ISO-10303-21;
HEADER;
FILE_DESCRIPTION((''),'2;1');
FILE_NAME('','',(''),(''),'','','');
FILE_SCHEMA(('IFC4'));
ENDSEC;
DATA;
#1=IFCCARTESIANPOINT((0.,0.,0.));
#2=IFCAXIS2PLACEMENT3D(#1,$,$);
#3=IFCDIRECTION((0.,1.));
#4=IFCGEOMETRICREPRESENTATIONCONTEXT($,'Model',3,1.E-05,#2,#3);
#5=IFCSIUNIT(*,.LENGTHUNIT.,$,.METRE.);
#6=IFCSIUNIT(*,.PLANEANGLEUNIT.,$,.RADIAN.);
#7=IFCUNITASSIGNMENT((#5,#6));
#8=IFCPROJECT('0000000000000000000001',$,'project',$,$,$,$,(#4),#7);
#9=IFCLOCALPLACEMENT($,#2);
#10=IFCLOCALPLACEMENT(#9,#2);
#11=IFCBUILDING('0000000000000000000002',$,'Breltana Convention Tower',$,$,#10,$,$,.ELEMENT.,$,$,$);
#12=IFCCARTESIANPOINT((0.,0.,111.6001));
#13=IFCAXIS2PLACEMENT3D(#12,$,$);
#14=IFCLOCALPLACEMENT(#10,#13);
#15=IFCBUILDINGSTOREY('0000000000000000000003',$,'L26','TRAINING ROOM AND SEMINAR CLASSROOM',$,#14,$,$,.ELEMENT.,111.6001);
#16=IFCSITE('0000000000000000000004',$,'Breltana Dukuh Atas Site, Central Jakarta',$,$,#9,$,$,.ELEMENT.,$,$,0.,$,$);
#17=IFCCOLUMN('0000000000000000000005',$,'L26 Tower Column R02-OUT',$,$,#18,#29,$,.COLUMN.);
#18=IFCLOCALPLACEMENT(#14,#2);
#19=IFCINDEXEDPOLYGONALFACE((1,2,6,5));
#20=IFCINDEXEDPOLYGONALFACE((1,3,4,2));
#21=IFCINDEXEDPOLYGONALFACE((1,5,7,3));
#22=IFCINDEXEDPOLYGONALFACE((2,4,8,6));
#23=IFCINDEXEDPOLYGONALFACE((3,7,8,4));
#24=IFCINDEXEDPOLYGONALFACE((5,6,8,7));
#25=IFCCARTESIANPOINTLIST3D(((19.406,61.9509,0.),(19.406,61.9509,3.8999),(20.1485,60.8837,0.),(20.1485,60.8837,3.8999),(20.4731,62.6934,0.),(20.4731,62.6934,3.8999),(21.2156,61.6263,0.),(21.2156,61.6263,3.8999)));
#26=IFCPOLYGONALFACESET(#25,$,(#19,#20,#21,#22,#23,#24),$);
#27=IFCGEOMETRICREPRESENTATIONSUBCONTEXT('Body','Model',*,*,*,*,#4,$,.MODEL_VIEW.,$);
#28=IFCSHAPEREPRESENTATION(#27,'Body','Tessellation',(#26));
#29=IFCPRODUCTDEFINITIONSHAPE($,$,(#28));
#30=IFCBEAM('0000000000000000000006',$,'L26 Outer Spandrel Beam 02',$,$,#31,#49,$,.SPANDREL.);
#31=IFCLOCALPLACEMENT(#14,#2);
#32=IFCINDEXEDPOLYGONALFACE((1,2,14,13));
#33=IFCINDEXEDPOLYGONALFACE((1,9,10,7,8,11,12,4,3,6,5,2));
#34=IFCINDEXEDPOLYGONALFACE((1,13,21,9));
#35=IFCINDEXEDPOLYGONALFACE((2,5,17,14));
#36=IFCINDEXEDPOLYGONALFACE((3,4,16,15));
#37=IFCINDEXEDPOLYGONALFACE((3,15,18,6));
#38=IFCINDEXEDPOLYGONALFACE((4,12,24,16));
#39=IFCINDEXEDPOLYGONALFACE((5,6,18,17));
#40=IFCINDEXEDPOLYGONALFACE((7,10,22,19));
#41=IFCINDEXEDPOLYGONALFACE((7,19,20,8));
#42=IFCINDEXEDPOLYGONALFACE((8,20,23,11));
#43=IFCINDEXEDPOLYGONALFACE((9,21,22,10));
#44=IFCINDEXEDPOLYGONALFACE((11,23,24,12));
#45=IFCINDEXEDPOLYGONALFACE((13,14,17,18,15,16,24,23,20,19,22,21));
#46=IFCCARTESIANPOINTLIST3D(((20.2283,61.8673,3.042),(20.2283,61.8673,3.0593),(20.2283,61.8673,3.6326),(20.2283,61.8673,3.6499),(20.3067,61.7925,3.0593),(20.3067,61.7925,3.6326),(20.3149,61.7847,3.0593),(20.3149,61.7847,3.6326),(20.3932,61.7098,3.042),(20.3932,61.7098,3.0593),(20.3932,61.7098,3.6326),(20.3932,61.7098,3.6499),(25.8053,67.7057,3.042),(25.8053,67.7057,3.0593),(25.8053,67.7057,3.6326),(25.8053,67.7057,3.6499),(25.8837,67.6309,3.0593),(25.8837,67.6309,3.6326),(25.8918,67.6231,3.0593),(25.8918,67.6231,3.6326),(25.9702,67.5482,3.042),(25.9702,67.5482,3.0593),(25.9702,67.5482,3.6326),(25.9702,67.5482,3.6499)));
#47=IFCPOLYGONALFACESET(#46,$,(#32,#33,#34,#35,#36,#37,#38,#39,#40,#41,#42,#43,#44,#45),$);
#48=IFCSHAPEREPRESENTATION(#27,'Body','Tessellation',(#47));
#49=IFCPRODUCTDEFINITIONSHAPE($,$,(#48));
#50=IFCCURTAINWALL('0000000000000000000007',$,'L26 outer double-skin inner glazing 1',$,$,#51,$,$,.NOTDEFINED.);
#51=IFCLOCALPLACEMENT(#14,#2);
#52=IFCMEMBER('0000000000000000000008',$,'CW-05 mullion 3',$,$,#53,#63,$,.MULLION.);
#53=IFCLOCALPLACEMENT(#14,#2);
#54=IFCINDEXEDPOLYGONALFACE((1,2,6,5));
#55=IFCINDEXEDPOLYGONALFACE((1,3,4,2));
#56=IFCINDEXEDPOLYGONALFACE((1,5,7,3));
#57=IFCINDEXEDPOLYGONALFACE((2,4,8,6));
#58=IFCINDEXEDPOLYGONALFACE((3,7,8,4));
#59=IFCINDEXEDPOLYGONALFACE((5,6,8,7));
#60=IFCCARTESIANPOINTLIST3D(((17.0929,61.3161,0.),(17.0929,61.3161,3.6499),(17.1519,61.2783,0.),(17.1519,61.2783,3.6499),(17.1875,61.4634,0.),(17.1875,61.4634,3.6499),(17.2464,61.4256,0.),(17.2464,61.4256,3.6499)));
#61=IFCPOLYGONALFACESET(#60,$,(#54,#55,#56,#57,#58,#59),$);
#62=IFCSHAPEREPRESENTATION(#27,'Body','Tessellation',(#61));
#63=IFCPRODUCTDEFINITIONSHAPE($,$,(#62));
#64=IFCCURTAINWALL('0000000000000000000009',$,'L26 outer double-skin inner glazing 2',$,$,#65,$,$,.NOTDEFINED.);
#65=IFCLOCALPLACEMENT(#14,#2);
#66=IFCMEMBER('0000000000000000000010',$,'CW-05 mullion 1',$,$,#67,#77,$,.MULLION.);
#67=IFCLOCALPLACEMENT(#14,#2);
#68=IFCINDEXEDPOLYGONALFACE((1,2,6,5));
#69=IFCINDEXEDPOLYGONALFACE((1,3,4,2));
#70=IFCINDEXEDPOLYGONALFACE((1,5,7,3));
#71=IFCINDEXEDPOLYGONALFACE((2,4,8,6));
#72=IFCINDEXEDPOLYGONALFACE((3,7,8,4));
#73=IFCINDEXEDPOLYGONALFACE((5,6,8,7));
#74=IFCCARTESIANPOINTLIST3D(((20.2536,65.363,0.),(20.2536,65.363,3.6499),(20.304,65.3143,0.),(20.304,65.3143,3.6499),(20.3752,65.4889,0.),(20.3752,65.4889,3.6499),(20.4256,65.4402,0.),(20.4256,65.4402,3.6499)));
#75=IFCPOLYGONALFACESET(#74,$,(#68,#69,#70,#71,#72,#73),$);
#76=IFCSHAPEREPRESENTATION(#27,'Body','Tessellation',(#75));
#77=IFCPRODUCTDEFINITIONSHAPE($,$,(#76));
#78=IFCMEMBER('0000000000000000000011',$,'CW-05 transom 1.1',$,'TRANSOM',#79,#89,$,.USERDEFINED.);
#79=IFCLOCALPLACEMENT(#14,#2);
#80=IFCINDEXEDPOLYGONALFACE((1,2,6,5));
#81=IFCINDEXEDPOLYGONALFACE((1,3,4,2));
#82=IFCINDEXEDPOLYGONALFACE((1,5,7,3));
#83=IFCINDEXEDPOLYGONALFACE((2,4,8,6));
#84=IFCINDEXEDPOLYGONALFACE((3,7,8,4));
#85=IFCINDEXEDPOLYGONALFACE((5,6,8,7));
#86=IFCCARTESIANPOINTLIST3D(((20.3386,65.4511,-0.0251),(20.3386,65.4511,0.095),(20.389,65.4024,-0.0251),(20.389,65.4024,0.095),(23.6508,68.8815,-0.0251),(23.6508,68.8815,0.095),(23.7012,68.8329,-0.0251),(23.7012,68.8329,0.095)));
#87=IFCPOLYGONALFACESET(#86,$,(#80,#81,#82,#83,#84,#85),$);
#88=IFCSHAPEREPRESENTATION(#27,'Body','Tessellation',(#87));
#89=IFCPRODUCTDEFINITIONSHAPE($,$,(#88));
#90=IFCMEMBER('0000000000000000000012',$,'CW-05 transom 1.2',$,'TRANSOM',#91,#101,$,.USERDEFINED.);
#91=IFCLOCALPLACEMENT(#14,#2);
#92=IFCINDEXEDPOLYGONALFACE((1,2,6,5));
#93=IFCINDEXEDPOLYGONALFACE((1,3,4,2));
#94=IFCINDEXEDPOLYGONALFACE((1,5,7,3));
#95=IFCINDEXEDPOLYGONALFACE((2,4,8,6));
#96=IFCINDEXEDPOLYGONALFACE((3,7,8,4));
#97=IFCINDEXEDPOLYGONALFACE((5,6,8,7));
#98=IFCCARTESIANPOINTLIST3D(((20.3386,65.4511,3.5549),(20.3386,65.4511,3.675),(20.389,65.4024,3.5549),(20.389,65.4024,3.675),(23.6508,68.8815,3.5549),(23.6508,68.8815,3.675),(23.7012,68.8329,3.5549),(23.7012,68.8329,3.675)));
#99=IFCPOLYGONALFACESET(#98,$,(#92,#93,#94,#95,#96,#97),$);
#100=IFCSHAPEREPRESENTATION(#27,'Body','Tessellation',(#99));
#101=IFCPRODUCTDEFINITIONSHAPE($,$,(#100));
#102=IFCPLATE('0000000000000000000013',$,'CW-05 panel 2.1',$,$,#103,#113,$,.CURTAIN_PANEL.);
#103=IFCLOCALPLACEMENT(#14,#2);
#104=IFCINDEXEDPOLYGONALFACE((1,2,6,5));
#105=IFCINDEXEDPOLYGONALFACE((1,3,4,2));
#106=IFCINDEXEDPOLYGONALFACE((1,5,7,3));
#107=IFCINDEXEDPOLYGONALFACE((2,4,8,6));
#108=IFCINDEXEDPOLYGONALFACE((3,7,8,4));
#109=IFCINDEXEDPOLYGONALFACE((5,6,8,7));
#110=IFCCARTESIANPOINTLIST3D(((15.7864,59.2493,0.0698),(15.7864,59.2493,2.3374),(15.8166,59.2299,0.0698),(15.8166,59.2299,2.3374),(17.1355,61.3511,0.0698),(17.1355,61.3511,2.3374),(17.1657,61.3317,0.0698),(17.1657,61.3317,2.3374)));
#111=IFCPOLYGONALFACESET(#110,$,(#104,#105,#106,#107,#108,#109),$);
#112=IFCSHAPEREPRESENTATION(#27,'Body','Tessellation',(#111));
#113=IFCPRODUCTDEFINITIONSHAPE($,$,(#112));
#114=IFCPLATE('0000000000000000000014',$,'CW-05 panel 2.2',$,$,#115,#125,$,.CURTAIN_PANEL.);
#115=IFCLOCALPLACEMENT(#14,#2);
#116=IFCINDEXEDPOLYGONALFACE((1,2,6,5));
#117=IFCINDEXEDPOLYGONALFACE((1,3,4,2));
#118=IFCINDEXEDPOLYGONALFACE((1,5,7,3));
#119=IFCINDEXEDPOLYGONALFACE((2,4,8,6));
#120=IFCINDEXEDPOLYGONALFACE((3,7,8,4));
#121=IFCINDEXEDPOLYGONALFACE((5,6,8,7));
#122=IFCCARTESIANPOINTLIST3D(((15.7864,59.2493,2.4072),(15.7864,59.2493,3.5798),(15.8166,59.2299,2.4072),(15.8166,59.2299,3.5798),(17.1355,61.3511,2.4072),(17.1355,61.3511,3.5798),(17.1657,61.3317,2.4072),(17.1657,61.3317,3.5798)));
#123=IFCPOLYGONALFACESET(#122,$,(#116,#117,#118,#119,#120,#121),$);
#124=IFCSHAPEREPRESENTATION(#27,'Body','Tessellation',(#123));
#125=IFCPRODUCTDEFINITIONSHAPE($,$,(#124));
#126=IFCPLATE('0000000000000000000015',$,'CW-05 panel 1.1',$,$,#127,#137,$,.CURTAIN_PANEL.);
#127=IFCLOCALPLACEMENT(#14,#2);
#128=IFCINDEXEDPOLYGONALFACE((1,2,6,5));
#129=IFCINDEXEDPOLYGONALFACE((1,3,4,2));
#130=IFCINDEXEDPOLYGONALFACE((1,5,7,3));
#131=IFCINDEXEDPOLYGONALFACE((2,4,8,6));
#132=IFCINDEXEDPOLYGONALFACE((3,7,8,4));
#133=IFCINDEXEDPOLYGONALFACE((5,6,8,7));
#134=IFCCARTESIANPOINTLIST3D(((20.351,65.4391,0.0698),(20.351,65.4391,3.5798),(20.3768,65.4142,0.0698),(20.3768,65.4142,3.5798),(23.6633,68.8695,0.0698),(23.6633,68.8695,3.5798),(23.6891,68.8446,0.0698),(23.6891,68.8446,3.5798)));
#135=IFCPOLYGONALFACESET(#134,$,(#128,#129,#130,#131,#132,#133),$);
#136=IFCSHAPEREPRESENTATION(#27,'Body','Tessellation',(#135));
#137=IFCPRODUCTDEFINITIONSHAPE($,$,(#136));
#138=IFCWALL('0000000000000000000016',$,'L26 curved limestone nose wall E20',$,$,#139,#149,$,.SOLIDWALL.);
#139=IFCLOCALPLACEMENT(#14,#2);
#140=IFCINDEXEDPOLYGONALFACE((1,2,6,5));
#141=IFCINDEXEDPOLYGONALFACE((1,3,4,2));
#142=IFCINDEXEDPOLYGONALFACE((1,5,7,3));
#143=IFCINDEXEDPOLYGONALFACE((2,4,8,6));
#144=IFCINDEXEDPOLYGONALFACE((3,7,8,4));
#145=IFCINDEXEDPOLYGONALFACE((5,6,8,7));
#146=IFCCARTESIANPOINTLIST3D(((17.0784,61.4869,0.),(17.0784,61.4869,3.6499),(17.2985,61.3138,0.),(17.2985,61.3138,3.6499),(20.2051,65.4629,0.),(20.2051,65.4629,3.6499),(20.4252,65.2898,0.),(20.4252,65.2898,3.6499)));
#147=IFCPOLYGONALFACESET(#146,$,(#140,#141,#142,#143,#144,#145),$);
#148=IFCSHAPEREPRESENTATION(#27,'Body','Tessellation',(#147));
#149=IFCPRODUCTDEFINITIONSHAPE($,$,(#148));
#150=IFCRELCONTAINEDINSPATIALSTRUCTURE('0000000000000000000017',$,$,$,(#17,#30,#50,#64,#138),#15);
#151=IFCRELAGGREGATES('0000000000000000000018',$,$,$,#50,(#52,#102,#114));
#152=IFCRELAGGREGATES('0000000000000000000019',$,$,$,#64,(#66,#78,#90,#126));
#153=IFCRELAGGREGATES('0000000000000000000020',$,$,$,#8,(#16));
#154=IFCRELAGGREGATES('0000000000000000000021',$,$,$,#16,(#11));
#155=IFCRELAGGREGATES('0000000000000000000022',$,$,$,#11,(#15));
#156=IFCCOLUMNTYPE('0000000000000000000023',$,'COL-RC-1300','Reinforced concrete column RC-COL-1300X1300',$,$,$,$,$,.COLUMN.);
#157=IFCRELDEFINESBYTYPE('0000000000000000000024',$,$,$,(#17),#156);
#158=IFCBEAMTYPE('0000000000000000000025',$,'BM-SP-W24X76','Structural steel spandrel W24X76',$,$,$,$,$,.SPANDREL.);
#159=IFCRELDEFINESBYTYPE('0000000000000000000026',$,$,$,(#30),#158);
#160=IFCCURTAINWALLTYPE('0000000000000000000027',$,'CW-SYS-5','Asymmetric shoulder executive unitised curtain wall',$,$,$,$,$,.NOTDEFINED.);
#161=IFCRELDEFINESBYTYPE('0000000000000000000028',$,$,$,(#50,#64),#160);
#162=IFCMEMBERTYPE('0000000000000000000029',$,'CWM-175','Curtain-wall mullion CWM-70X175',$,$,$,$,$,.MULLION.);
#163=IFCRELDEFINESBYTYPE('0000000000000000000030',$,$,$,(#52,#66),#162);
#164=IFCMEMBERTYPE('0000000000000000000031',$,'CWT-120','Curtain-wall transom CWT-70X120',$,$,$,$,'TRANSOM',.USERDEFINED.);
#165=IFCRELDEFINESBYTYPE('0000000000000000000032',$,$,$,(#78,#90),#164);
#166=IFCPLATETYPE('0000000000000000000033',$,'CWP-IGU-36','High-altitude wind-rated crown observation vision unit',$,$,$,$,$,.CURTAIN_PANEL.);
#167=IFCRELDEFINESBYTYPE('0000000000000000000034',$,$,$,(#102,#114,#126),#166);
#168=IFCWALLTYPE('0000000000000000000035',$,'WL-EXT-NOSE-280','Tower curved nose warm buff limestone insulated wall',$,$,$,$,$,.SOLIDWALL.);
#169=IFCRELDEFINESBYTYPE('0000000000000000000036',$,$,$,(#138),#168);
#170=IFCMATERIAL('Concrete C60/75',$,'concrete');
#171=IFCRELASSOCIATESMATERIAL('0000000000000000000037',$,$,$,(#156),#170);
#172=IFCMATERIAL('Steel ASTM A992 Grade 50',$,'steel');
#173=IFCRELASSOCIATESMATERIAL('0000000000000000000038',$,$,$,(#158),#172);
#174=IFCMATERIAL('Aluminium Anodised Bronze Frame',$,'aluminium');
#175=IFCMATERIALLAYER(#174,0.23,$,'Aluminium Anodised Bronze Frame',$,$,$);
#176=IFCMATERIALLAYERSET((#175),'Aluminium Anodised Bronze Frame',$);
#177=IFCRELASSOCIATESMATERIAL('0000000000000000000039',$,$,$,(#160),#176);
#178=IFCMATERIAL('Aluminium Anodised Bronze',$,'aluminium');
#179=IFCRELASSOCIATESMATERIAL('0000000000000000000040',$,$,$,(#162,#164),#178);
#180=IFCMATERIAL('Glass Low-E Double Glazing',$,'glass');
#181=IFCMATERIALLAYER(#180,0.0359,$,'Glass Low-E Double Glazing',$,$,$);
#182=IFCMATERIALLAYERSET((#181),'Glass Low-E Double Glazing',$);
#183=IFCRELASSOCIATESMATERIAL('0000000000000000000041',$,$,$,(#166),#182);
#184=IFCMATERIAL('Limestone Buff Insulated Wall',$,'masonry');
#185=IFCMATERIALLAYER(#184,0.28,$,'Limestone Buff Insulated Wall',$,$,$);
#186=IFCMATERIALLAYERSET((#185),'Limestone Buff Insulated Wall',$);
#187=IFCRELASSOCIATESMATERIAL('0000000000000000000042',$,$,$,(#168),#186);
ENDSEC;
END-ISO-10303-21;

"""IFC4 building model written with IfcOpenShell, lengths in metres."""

from ifc_helpers import new_model, si_unit, direction, frame, frame_2d, origin, origin_2d, place, context, subcontext, project, spatial, rectangle, i_section, extrude, source, transform, mapped, material, layer, layer_set, material_profile, profile_set, type_object, element, aggregate, save


model = new_model("IFC4")

# Units and contexts
model_context = context("Model", 3, precision=1e-05, world=origin(), true_north=direction((0.0, 1.0)))
body_context = subcontext(model_context, "Body", "Model", "MODEL_VIEW")
ifc_project = project(units=[si_unit("LENGTHUNIT", "METRE"), si_unit("PLANEANGLEUNIT", "RADIAN")], contexts=[model_context])

# Site, building, storey
site_placement = place(None, origin())
site = spatial("IfcSite", under=ifc_project, at=site_placement, Name="Breltana Dukuh Atas Site, Central Jakarta", CompositionType="ELEMENT", RefElevation=0.0)
building_placement = place(site_placement, origin())
building = spatial("IfcBuilding", under=site, at=building_placement, Name="Breltana Convention Tower", CompositionType="ELEMENT")
storey_placement = place(building_placement, frame((0.0, 0.0, 111.6001)))
storey = spatial("IfcBuildingStorey", under=building, at=storey_placement, Name="L26", Description="TRAINING ROOM AND SEMINAR CLASSROOM", CompositionType="ELEMENT", Elevation=111.6001)

# Column
ifc_material_1 = material(Name="Concrete C60/75", Category="concrete")
ifc_material_profile_1 = material_profile(ifc_material_1, rectangle(XDim=1.3, YDim=1.3, at=origin_2d()), Name="RC-COL-1300X1300")
ifc_profile_set_1 = profile_set([ifc_material_profile_1], Name="Concrete C60/75")
column_type = type_object("IfcColumnType", Name="COL-RC-1300", Description="Reinforced concrete column RC-COL-1300X1300", PredefinedType="COLUMN", material=ifc_profile_set_1)
shared_shape_1 = source(origin(), body_context, "Body", "SweptSolid", [
    extrude(rectangle(XDim=1.3, YDim=1.3, at=origin_2d()), origin(), (0.0, 0.0, 1.0), 3.8999),
])
column_placement = place(storey_placement, frame((20.3108, 61.7886, 0.0), z_axis=(0.0, 0.0, 1.0), x_axis=(-0.571143, 0.82085, 0.0)))
element("IfcColumn", 1, at=column_placement, inside=storey, type_object=column_type, Name="L26 Tower Column R02-OUT", PredefinedType="COLUMN", context=body_context, shape_type="MappedRepresentation", body=[
    mapped(shared_shape_1, transform((0.0, 0.0, 0.0), scale=1.0)),
])

# Beam
ifc_material_2 = material(Name="Steel ASTM A992 Grade 50", Category="steel")
ifc_material_profile_2 = material_profile(ifc_material_2, i_section(OverallWidth=0.228, OverallDepth=0.6079, WebThickness=0.0112, FlangeThickness=0.0173, at=origin_2d()), Name="W24X76")
ifc_profile_set_2 = profile_set([ifc_material_profile_2], Name="Steel ASTM A992 Grade 50")
beam_type = type_object("IfcBeamType", Name="BM-SP-W24X76", Description="Structural steel spandrel W24X76", PredefinedType="SPANDREL", material=ifc_profile_set_2)
shared_shape_2 = source(origin(), body_context, "Body", "SweptSolid", [
    extrude(i_section(OverallWidth=0.228, OverallDepth=0.6079, WebThickness=0.0112, FlangeThickness=0.0173, at=origin_2d()), origin(), (0.0, 0.0, 1.0), 8.074),
])
beam_placement = place(storey_placement, frame((20.3108, 61.7886, 3.3459), z_axis=(0.690729, 0.723114, 0.0), x_axis=(-0.723114, 0.690729, 0.0)))
element("IfcBeam", 2, at=beam_placement, inside=storey, type_object=beam_type, Name="L26 Outer Spandrel Beam 02", PredefinedType="SPANDREL", context=body_context, shape_type="MappedRepresentation", body=[
    mapped(shared_shape_2, transform((0.0, 0.0, 0.0), scale=1.0)),
])

# Curtain wall, member
ifc_material_3 = material(Name="Aluminium Anodised Bronze Frame", Category="aluminium")
ifc_layer_1 = layer(ifc_material_3, 0.23, Name="Aluminium Anodised Bronze Frame")
ifc_layer_set_1 = layer_set([ifc_layer_1], Name="Aluminium Anodised Bronze Frame")
curtain_wall_type = type_object("IfcCurtainWallType", Name="CW-SYS-5", Description="Asymmetric shoulder executive unitised curtain wall", PredefinedType="NOTDEFINED", material=ifc_layer_set_1)
curtain_wall_1_placement = place(storey_placement, origin())
curtain_wall_1 = element("IfcCurtainWall", 3, at=curtain_wall_1_placement, inside=storey, type_object=curtain_wall_type, Name="L26 outer double-skin inner glazing 1", PredefinedType="NOTDEFINED")
ifc_material_4 = material(Name="Aluminium Anodised Bronze", Category="aluminium")
ifc_material_profile_3 = material_profile(ifc_material_4, rectangle(XDim=0.0701, YDim=0.175, at=origin_2d()), Name="CWM-70X175")
ifc_profile_set_3 = profile_set([ifc_material_profile_3], Name="Aluminium Anodised Bronze")
member_type_1 = type_object("IfcMemberType", Name="CWM-175", Description="Curtain-wall mullion CWM-70X175", PredefinedType="MULLION", material=ifc_profile_set_3)
shared_shape_3 = source(origin(), body_context, "Body", "SweptSolid", [
    extrude(rectangle(XDim=0.0701, YDim=0.175, at=origin_2d()), origin(), (0.0, 0.0, 1.0), 3.6499),
])
member_1_placement = place(storey_placement, frame((17.1697, 61.3708, 0.0), z_axis=(0.0, 0.0, 1.0), x_axis=(-0.841552, 0.540177, 0.0)))
member_1 = element("IfcMember", 4, at=member_1_placement, type_object=member_type_1, Name="CW-05 mullion 3", PredefinedType="MULLION", context=body_context, shape_type="MappedRepresentation", body=[
    mapped(shared_shape_3, transform((0.0, 0.0, 0.0), scale=1.0)),
])

# Curtain wall, members
curtain_wall_2_placement = place(storey_placement, origin())
curtain_wall_2 = element("IfcCurtainWall", 5, at=curtain_wall_2_placement, inside=storey, type_object=curtain_wall_type, Name="L26 outer double-skin inner glazing 2", PredefinedType="NOTDEFINED")
member_2_placement = place(storey_placement, frame((20.3396, 65.4016, 0.0), z_axis=(0.0, 0.0, 1.0), x_axis=(-0.719385, 0.694612, 0.0)))
member_2 = element("IfcMember", 6, at=member_2_placement, type_object=member_type_1, Name="CW-05 mullion 1", PredefinedType="MULLION", context=body_context, shape_type="MappedRepresentation", body=[
    mapped(shared_shape_3, transform((0.0, 0.0, 0.0), scale=1.0)),
])
ifc_material_profile_4 = material_profile(ifc_material_4, rectangle(XDim=0.0701, YDim=0.1201, at=origin_2d()), Name="CWT-70X120")
ifc_profile_set_4 = profile_set([ifc_material_profile_4], Name="Aluminium Anodised Bronze")
member_type_2 = type_object("IfcMemberType", Name="CWT-120", Description="Curtain-wall transom CWT-70X120", ElementType="TRANSOM", PredefinedType="USERDEFINED", material=ifc_profile_set_4)
shared_shape_4 = source(origin(), body_context, "Body", "SweptSolid", [
    extrude(rectangle(XDim=0.0701, YDim=0.1201, at=origin_2d()), origin(), (0.0, 0.0, 1.0), 4.7686),
])
member_3_placement = place(storey_placement, frame((20.3638, 65.4268, 0.0349), z_axis=(0.694608, 0.719388, 0.0), x_axis=(-0.719388, 0.694608, 0.0)))
member_3 = element("IfcMember", 7, at=member_3_placement, type_object=member_type_2, Name="CW-05 transom 1.1", ObjectType="TRANSOM", PredefinedType="USERDEFINED", context=body_context, shape_type="MappedRepresentation", body=[
    mapped(shared_shape_4, transform((0.0, 0.0, 0.0), scale=1.0)),
])
member_4_placement = place(storey_placement, frame((20.3638, 65.4268, 3.615), z_axis=(0.694608, 0.719388, 0.0), x_axis=(-0.719388, 0.694608, 0.0)))
member_4 = element("IfcMember", 8, at=member_4_placement, type_object=member_type_2, Name="CW-05 transom 1.2", ObjectType="TRANSOM", PredefinedType="USERDEFINED", context=body_context, shape_type="MappedRepresentation", body=[
    mapped(shared_shape_4, transform((0.0, 0.0, 0.0), scale=1.0)),
])

# Plates
ifc_material_5 = material(Name="Glass Low-E Double Glazing", Category="glass")
ifc_layer_2 = layer(ifc_material_5, 0.0359, Name="Glass Low-E Double Glazing")
ifc_layer_set_2 = layer_set([ifc_layer_2], Name="Glass Low-E Double Glazing")
plate_type = type_object("IfcPlateType", Name="CWP-IGU-36", Description="High-altitude wind-rated crown observation vision unit", PredefinedType="CURTAIN_PANEL", material=ifc_layer_set_2)
shared_shape_5 = source(origin(), body_context, "Body", "SweptSolid", [
    extrude(rectangle(XDim=2.4976, YDim=0.0359, at=origin_2d()), origin(), (0.0, 0.0, 1.0), 2.2676),
])
plate_1_placement = place(storey_placement, frame((16.4761, 60.2905, 0.0698), z_axis=(0.0, 0.0, 1.0), x_axis=(0.540177, 0.841552, 0.0)))
plate_1 = element("IfcPlate", 9, at=plate_1_placement, type_object=plate_type, Name="CW-05 panel 2.1", PredefinedType="CURTAIN_PANEL", context=body_context, shape_type="MappedRepresentation", body=[
    mapped(shared_shape_5, transform((0.0, 0.0, 0.0), scale=1.0)),
])
shared_shape_6 = source(origin(), body_context, "Body", "SweptSolid", [
    extrude(rectangle(XDim=2.4976, YDim=0.0359, at=origin_2d()), origin(), (0.0, 0.0, 1.0), 1.1726),
])
plate_2_placement = place(storey_placement, frame((16.4761, 60.2905, 2.4072), z_axis=(0.0, 0.0, 1.0), x_axis=(0.540177, 0.841552, 0.0)))
plate_2 = element("IfcPlate", 10, at=plate_2_placement, type_object=plate_type, Name="CW-05 panel 2.2", PredefinedType="CURTAIN_PANEL", context=body_context, shape_type="MappedRepresentation", body=[
    mapped(shared_shape_6, transform((0.0, 0.0, 0.0), scale=1.0)),
])
aggregate(curtain_wall_1, [member_1, plate_1, plate_2])
shared_shape_7 = source(origin(), body_context, "Body", "SweptSolid", [
    extrude(rectangle(XDim=4.7686, YDim=0.0359, at=origin_2d()), origin(), (0.0, 0.0, 1.0), 3.51),
])
plate_3_placement = place(storey_placement, frame((22.02, 67.1418, 0.0698), z_axis=(0.0, 0.0, 1.0), x_axis=(0.694612, 0.719385, 0.0)))
plate_3 = element("IfcPlate", 11, at=plate_3_placement, type_object=plate_type, Name="CW-05 panel 1.1", PredefinedType="CURTAIN_PANEL", context=body_context, shape_type="MappedRepresentation", body=[
    mapped(shared_shape_7, transform((0.0, 0.0, 0.0), scale=1.0)),
])
aggregate(curtain_wall_2, [member_2, member_3, member_4, plate_3])

# Wall
ifc_material_6 = material(Name="Limestone Buff Insulated Wall", Category="masonry")
ifc_layer_3 = layer(ifc_material_6, 0.28, Name="Limestone Buff Insulated Wall")
ifc_layer_set_3 = layer_set([ifc_layer_3], Name="Limestone Buff Insulated Wall")
wall_type_1 = type_object("IfcWallType", Name="WL-EXT-NOSE-280", Description="Tower curved nose warm buff limestone insulated wall", PredefinedType="SOLIDWALL", material=ifc_layer_set_3)
shared_shape_8 = source(origin(), body_context, "Body", "SweptSolid", [
    extrude(rectangle(XDim=5.0581, YDim=0.28, at=frame_2d((2.5291, 0.0))), origin(), (0.0, 0.0, 1.0), 3.6499),
])
wall_1_placement = place(storey_placement, frame((17.1885, 61.4004, 0.0), z_axis=(0.0, 0.0, 1.0), x_axis=(0.618146, 0.786064, 0.0)))
element("IfcWall", 12, at=wall_1_placement, inside=storey, type_object=wall_type_1, Name="L26 curved limestone nose wall E20", PredefinedType="SOLIDWALL", context=body_context, shape_type="MappedRepresentation", body=[
    mapped(shared_shape_8, transform((0.0, 0.0, 0.0), scale=1.0)),
])

save(model, "model.ifc")
